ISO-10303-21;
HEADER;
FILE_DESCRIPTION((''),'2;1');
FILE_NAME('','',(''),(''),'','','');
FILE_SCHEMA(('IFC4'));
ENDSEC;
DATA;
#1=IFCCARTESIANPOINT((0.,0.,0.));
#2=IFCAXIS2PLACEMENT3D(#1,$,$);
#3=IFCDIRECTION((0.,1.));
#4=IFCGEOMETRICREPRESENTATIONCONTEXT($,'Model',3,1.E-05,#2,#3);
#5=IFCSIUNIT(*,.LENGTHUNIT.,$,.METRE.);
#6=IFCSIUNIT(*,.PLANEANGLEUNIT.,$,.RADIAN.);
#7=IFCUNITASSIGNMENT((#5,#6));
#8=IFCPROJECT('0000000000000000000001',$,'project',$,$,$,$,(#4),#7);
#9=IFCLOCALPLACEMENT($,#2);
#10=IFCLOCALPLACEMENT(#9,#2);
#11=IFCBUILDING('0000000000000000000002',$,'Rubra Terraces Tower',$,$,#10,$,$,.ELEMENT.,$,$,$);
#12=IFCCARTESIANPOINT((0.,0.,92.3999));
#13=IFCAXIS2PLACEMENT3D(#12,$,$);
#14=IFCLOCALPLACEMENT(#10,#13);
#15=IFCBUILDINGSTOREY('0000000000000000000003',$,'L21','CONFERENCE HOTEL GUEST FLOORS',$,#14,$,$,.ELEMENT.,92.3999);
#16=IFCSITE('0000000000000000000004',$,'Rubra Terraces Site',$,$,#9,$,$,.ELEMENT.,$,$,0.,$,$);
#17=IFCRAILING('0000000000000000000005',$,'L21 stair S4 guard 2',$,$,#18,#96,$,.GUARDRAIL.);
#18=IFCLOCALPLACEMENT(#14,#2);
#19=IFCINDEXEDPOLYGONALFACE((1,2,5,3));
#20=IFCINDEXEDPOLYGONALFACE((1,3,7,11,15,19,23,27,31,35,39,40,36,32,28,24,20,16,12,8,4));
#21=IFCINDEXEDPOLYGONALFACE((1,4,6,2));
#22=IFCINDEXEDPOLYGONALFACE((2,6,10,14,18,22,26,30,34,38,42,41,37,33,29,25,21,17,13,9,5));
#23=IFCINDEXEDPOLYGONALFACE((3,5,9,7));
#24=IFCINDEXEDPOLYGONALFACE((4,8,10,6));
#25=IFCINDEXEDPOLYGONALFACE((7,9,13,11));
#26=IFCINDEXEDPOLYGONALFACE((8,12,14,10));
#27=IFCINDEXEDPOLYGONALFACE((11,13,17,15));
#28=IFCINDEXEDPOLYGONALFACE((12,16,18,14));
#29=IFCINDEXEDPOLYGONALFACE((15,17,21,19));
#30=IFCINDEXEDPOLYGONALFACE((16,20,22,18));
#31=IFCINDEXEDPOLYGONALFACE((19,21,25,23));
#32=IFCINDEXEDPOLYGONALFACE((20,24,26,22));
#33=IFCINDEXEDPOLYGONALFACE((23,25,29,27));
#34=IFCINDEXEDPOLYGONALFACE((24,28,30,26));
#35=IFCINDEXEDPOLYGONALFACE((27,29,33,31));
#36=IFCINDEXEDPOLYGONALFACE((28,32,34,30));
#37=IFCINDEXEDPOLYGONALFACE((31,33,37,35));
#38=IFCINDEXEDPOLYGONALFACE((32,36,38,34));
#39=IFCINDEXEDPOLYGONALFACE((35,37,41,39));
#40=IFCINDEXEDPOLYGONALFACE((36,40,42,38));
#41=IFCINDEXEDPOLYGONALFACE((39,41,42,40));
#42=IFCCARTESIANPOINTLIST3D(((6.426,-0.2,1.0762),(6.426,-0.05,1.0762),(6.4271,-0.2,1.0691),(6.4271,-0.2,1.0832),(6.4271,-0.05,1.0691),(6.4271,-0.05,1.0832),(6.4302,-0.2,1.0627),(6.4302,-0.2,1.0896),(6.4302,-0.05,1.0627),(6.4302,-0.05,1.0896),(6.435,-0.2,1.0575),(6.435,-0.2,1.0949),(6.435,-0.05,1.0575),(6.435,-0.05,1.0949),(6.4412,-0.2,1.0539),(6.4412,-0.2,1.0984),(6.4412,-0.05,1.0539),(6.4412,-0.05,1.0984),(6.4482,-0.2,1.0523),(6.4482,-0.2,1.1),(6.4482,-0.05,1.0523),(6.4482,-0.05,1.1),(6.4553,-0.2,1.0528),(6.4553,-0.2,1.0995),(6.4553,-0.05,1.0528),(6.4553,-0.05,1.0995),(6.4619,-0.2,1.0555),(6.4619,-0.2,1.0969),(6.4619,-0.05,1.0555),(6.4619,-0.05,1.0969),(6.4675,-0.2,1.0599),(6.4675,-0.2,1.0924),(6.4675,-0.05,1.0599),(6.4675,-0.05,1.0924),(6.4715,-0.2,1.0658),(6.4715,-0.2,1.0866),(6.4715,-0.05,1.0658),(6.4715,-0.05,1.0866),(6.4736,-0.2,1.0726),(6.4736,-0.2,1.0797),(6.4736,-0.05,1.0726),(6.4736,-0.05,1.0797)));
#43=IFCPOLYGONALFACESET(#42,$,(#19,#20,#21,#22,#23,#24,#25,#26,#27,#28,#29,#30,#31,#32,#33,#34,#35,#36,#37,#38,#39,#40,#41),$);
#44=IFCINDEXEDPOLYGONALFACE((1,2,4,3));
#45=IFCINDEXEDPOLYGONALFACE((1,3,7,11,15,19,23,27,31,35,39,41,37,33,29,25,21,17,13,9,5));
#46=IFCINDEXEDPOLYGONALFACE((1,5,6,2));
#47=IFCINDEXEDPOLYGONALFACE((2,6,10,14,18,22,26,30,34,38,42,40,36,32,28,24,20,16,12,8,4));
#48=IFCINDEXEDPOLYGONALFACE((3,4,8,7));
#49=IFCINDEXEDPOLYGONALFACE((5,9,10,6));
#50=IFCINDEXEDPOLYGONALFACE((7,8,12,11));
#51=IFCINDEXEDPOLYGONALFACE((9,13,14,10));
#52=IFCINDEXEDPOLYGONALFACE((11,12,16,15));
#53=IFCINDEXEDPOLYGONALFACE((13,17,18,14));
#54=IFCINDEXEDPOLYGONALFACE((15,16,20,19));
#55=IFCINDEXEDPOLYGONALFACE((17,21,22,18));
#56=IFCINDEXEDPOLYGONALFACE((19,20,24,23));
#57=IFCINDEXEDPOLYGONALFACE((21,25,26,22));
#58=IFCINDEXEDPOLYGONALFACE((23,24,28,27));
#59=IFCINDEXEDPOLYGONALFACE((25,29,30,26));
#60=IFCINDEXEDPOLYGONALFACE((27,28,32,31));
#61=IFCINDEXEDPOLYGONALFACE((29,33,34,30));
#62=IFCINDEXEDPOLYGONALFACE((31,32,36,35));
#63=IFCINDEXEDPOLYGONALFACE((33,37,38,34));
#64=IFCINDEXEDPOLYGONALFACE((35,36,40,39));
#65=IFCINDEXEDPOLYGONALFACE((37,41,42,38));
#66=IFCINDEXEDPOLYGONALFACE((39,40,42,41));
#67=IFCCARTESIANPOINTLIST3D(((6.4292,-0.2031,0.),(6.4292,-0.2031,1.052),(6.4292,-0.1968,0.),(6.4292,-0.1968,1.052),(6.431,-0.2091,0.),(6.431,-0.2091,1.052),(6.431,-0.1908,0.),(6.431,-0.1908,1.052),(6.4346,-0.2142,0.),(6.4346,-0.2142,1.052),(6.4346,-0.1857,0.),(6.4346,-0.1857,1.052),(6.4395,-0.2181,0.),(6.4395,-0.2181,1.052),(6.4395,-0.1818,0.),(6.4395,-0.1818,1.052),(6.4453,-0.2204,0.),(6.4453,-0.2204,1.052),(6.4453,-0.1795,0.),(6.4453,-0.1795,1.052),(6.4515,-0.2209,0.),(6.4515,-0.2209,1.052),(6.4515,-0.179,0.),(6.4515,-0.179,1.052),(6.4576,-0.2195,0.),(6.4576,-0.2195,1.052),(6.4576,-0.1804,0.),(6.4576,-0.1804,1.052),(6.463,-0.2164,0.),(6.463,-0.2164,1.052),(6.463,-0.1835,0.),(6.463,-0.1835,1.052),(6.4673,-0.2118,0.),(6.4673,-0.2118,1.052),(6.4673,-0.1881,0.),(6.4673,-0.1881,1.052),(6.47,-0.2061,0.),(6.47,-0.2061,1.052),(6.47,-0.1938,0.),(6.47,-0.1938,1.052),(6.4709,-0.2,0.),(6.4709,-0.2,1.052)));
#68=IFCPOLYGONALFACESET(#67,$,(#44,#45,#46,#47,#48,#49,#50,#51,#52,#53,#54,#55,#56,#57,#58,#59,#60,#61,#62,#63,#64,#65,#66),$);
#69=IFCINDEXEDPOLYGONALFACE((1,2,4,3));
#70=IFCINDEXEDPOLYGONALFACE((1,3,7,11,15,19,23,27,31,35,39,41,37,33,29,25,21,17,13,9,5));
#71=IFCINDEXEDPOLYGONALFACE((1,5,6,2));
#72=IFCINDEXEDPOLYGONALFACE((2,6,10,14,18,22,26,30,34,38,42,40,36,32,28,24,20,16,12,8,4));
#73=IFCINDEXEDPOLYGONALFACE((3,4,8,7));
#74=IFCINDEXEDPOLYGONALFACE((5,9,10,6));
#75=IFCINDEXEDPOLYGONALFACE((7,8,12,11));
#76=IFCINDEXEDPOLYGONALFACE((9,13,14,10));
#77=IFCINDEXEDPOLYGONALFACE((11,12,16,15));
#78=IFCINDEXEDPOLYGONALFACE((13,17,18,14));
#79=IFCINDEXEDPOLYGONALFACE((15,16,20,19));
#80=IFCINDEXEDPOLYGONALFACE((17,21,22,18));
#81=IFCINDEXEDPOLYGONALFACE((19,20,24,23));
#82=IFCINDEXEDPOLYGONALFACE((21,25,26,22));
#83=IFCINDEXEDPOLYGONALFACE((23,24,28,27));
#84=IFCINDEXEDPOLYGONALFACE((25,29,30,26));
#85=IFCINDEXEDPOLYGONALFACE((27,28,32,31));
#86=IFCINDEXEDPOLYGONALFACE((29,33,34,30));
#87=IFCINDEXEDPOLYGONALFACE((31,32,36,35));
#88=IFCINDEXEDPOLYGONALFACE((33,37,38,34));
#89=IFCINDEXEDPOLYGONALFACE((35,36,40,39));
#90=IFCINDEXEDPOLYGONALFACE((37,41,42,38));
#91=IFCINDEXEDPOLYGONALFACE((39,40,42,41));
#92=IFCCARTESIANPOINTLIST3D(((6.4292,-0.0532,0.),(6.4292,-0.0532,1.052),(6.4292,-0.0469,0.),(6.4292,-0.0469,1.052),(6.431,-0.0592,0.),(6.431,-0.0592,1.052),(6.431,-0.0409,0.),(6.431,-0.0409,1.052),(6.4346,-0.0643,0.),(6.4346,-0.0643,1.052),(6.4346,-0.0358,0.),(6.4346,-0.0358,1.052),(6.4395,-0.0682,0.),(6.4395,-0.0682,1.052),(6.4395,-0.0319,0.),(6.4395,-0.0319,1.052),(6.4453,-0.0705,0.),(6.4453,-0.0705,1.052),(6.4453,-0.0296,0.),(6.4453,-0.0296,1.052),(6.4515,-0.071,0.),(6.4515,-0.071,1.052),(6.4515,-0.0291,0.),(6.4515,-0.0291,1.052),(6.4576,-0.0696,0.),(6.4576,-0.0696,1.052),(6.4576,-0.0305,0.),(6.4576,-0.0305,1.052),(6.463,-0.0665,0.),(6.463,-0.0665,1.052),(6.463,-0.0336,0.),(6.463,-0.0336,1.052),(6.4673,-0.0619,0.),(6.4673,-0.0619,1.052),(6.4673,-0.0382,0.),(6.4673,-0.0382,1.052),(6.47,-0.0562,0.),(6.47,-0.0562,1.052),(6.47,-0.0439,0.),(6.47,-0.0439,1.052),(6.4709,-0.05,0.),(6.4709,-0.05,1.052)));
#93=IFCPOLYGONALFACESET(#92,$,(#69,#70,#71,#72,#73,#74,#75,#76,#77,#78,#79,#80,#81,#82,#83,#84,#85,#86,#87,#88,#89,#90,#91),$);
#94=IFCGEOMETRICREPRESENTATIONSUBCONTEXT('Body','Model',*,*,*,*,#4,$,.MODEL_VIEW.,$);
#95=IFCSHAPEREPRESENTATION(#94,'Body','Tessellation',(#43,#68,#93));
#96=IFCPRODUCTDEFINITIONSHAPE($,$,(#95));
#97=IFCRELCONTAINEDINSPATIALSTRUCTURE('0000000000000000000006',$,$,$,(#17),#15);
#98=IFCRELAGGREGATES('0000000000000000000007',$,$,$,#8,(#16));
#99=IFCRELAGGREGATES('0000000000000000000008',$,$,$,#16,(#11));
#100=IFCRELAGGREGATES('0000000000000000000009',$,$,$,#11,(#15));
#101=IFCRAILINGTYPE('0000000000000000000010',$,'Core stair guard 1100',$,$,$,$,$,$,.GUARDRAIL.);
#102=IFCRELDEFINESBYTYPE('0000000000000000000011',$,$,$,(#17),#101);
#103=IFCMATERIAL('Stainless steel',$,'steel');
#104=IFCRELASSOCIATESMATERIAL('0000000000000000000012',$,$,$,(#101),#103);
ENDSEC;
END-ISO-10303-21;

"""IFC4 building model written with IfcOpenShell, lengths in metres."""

from ifc_helpers import new_model, si_unit, direction, frame, origin, origin_2d, place, context, subcontext, project, spatial, circle, extrude, material, type_object, element, save


model = new_model("IFC4")

# Units and contexts
model_context = context("Model", 3, precision=1e-05, world=origin(), true_north=direction((0.0, 1.0)))
body_context = subcontext(model_context, "Body", "Model", "MODEL_VIEW")
ifc_project = project(units=[si_unit("LENGTHUNIT", "METRE"), si_unit("PLANEANGLEUNIT", "RADIAN")], contexts=[model_context])

# Site, building, storey
site_placement = place(None, origin())
site = spatial("IfcSite", under=ifc_project, at=site_placement, Name="Rubra Terraces Site", CompositionType="ELEMENT", RefElevation=0.0)
building_placement = place(site_placement, origin())
building = spatial("IfcBuilding", under=site, at=building_placement, Name="Rubra Terraces Tower", CompositionType="ELEMENT")
storey_placement = place(building_placement, frame((0.0, 0.0, 92.3999)))
storey = spatial("IfcBuildingStorey", under=building, at=storey_placement, Name="L21", Description="CONFERENCE HOTEL GUEST FLOORS", CompositionType="ELEMENT", Elevation=92.3999)

# Railing
ifc_material_1 = material(Name="Stainless steel", Category="steel")
railing_type_1 = type_object("IfcRailingType", Name="Core stair guard 1100", PredefinedType="GUARDRAIL", material=ifc_material_1)
railing_1_placement = place(storey_placement, frame((6.45, -0.2, 0.0)))
element("IfcRailing", 1, at=railing_1_placement, inside=storey, type_object=railing_type_1, Name="L21 stair S4 guard 2", PredefinedType="GUARDRAIL", context=body_context, shape_type="SweptSolid", body=[
    extrude(circle(Radius=0.0239, at=origin_2d()), frame((0.0, 0.0, 1.0762), z_axis=(0.0, 1.0, 0.0), x_axis=(-1.0, 0.0, 0.0)), (0.0, 0.0, 1.0), 0.1499),
    extrude(circle(Radius=0.021, at=origin_2d()), origin(), (0.0, 0.0, 1.0), 1.052),
    extrude(circle(Radius=0.021, at=origin_2d()), frame((0.0, 0.1499, 0.0)), (0.0, 0.0, 1.0), 1.052),
])

save(model, "model.ifc")
